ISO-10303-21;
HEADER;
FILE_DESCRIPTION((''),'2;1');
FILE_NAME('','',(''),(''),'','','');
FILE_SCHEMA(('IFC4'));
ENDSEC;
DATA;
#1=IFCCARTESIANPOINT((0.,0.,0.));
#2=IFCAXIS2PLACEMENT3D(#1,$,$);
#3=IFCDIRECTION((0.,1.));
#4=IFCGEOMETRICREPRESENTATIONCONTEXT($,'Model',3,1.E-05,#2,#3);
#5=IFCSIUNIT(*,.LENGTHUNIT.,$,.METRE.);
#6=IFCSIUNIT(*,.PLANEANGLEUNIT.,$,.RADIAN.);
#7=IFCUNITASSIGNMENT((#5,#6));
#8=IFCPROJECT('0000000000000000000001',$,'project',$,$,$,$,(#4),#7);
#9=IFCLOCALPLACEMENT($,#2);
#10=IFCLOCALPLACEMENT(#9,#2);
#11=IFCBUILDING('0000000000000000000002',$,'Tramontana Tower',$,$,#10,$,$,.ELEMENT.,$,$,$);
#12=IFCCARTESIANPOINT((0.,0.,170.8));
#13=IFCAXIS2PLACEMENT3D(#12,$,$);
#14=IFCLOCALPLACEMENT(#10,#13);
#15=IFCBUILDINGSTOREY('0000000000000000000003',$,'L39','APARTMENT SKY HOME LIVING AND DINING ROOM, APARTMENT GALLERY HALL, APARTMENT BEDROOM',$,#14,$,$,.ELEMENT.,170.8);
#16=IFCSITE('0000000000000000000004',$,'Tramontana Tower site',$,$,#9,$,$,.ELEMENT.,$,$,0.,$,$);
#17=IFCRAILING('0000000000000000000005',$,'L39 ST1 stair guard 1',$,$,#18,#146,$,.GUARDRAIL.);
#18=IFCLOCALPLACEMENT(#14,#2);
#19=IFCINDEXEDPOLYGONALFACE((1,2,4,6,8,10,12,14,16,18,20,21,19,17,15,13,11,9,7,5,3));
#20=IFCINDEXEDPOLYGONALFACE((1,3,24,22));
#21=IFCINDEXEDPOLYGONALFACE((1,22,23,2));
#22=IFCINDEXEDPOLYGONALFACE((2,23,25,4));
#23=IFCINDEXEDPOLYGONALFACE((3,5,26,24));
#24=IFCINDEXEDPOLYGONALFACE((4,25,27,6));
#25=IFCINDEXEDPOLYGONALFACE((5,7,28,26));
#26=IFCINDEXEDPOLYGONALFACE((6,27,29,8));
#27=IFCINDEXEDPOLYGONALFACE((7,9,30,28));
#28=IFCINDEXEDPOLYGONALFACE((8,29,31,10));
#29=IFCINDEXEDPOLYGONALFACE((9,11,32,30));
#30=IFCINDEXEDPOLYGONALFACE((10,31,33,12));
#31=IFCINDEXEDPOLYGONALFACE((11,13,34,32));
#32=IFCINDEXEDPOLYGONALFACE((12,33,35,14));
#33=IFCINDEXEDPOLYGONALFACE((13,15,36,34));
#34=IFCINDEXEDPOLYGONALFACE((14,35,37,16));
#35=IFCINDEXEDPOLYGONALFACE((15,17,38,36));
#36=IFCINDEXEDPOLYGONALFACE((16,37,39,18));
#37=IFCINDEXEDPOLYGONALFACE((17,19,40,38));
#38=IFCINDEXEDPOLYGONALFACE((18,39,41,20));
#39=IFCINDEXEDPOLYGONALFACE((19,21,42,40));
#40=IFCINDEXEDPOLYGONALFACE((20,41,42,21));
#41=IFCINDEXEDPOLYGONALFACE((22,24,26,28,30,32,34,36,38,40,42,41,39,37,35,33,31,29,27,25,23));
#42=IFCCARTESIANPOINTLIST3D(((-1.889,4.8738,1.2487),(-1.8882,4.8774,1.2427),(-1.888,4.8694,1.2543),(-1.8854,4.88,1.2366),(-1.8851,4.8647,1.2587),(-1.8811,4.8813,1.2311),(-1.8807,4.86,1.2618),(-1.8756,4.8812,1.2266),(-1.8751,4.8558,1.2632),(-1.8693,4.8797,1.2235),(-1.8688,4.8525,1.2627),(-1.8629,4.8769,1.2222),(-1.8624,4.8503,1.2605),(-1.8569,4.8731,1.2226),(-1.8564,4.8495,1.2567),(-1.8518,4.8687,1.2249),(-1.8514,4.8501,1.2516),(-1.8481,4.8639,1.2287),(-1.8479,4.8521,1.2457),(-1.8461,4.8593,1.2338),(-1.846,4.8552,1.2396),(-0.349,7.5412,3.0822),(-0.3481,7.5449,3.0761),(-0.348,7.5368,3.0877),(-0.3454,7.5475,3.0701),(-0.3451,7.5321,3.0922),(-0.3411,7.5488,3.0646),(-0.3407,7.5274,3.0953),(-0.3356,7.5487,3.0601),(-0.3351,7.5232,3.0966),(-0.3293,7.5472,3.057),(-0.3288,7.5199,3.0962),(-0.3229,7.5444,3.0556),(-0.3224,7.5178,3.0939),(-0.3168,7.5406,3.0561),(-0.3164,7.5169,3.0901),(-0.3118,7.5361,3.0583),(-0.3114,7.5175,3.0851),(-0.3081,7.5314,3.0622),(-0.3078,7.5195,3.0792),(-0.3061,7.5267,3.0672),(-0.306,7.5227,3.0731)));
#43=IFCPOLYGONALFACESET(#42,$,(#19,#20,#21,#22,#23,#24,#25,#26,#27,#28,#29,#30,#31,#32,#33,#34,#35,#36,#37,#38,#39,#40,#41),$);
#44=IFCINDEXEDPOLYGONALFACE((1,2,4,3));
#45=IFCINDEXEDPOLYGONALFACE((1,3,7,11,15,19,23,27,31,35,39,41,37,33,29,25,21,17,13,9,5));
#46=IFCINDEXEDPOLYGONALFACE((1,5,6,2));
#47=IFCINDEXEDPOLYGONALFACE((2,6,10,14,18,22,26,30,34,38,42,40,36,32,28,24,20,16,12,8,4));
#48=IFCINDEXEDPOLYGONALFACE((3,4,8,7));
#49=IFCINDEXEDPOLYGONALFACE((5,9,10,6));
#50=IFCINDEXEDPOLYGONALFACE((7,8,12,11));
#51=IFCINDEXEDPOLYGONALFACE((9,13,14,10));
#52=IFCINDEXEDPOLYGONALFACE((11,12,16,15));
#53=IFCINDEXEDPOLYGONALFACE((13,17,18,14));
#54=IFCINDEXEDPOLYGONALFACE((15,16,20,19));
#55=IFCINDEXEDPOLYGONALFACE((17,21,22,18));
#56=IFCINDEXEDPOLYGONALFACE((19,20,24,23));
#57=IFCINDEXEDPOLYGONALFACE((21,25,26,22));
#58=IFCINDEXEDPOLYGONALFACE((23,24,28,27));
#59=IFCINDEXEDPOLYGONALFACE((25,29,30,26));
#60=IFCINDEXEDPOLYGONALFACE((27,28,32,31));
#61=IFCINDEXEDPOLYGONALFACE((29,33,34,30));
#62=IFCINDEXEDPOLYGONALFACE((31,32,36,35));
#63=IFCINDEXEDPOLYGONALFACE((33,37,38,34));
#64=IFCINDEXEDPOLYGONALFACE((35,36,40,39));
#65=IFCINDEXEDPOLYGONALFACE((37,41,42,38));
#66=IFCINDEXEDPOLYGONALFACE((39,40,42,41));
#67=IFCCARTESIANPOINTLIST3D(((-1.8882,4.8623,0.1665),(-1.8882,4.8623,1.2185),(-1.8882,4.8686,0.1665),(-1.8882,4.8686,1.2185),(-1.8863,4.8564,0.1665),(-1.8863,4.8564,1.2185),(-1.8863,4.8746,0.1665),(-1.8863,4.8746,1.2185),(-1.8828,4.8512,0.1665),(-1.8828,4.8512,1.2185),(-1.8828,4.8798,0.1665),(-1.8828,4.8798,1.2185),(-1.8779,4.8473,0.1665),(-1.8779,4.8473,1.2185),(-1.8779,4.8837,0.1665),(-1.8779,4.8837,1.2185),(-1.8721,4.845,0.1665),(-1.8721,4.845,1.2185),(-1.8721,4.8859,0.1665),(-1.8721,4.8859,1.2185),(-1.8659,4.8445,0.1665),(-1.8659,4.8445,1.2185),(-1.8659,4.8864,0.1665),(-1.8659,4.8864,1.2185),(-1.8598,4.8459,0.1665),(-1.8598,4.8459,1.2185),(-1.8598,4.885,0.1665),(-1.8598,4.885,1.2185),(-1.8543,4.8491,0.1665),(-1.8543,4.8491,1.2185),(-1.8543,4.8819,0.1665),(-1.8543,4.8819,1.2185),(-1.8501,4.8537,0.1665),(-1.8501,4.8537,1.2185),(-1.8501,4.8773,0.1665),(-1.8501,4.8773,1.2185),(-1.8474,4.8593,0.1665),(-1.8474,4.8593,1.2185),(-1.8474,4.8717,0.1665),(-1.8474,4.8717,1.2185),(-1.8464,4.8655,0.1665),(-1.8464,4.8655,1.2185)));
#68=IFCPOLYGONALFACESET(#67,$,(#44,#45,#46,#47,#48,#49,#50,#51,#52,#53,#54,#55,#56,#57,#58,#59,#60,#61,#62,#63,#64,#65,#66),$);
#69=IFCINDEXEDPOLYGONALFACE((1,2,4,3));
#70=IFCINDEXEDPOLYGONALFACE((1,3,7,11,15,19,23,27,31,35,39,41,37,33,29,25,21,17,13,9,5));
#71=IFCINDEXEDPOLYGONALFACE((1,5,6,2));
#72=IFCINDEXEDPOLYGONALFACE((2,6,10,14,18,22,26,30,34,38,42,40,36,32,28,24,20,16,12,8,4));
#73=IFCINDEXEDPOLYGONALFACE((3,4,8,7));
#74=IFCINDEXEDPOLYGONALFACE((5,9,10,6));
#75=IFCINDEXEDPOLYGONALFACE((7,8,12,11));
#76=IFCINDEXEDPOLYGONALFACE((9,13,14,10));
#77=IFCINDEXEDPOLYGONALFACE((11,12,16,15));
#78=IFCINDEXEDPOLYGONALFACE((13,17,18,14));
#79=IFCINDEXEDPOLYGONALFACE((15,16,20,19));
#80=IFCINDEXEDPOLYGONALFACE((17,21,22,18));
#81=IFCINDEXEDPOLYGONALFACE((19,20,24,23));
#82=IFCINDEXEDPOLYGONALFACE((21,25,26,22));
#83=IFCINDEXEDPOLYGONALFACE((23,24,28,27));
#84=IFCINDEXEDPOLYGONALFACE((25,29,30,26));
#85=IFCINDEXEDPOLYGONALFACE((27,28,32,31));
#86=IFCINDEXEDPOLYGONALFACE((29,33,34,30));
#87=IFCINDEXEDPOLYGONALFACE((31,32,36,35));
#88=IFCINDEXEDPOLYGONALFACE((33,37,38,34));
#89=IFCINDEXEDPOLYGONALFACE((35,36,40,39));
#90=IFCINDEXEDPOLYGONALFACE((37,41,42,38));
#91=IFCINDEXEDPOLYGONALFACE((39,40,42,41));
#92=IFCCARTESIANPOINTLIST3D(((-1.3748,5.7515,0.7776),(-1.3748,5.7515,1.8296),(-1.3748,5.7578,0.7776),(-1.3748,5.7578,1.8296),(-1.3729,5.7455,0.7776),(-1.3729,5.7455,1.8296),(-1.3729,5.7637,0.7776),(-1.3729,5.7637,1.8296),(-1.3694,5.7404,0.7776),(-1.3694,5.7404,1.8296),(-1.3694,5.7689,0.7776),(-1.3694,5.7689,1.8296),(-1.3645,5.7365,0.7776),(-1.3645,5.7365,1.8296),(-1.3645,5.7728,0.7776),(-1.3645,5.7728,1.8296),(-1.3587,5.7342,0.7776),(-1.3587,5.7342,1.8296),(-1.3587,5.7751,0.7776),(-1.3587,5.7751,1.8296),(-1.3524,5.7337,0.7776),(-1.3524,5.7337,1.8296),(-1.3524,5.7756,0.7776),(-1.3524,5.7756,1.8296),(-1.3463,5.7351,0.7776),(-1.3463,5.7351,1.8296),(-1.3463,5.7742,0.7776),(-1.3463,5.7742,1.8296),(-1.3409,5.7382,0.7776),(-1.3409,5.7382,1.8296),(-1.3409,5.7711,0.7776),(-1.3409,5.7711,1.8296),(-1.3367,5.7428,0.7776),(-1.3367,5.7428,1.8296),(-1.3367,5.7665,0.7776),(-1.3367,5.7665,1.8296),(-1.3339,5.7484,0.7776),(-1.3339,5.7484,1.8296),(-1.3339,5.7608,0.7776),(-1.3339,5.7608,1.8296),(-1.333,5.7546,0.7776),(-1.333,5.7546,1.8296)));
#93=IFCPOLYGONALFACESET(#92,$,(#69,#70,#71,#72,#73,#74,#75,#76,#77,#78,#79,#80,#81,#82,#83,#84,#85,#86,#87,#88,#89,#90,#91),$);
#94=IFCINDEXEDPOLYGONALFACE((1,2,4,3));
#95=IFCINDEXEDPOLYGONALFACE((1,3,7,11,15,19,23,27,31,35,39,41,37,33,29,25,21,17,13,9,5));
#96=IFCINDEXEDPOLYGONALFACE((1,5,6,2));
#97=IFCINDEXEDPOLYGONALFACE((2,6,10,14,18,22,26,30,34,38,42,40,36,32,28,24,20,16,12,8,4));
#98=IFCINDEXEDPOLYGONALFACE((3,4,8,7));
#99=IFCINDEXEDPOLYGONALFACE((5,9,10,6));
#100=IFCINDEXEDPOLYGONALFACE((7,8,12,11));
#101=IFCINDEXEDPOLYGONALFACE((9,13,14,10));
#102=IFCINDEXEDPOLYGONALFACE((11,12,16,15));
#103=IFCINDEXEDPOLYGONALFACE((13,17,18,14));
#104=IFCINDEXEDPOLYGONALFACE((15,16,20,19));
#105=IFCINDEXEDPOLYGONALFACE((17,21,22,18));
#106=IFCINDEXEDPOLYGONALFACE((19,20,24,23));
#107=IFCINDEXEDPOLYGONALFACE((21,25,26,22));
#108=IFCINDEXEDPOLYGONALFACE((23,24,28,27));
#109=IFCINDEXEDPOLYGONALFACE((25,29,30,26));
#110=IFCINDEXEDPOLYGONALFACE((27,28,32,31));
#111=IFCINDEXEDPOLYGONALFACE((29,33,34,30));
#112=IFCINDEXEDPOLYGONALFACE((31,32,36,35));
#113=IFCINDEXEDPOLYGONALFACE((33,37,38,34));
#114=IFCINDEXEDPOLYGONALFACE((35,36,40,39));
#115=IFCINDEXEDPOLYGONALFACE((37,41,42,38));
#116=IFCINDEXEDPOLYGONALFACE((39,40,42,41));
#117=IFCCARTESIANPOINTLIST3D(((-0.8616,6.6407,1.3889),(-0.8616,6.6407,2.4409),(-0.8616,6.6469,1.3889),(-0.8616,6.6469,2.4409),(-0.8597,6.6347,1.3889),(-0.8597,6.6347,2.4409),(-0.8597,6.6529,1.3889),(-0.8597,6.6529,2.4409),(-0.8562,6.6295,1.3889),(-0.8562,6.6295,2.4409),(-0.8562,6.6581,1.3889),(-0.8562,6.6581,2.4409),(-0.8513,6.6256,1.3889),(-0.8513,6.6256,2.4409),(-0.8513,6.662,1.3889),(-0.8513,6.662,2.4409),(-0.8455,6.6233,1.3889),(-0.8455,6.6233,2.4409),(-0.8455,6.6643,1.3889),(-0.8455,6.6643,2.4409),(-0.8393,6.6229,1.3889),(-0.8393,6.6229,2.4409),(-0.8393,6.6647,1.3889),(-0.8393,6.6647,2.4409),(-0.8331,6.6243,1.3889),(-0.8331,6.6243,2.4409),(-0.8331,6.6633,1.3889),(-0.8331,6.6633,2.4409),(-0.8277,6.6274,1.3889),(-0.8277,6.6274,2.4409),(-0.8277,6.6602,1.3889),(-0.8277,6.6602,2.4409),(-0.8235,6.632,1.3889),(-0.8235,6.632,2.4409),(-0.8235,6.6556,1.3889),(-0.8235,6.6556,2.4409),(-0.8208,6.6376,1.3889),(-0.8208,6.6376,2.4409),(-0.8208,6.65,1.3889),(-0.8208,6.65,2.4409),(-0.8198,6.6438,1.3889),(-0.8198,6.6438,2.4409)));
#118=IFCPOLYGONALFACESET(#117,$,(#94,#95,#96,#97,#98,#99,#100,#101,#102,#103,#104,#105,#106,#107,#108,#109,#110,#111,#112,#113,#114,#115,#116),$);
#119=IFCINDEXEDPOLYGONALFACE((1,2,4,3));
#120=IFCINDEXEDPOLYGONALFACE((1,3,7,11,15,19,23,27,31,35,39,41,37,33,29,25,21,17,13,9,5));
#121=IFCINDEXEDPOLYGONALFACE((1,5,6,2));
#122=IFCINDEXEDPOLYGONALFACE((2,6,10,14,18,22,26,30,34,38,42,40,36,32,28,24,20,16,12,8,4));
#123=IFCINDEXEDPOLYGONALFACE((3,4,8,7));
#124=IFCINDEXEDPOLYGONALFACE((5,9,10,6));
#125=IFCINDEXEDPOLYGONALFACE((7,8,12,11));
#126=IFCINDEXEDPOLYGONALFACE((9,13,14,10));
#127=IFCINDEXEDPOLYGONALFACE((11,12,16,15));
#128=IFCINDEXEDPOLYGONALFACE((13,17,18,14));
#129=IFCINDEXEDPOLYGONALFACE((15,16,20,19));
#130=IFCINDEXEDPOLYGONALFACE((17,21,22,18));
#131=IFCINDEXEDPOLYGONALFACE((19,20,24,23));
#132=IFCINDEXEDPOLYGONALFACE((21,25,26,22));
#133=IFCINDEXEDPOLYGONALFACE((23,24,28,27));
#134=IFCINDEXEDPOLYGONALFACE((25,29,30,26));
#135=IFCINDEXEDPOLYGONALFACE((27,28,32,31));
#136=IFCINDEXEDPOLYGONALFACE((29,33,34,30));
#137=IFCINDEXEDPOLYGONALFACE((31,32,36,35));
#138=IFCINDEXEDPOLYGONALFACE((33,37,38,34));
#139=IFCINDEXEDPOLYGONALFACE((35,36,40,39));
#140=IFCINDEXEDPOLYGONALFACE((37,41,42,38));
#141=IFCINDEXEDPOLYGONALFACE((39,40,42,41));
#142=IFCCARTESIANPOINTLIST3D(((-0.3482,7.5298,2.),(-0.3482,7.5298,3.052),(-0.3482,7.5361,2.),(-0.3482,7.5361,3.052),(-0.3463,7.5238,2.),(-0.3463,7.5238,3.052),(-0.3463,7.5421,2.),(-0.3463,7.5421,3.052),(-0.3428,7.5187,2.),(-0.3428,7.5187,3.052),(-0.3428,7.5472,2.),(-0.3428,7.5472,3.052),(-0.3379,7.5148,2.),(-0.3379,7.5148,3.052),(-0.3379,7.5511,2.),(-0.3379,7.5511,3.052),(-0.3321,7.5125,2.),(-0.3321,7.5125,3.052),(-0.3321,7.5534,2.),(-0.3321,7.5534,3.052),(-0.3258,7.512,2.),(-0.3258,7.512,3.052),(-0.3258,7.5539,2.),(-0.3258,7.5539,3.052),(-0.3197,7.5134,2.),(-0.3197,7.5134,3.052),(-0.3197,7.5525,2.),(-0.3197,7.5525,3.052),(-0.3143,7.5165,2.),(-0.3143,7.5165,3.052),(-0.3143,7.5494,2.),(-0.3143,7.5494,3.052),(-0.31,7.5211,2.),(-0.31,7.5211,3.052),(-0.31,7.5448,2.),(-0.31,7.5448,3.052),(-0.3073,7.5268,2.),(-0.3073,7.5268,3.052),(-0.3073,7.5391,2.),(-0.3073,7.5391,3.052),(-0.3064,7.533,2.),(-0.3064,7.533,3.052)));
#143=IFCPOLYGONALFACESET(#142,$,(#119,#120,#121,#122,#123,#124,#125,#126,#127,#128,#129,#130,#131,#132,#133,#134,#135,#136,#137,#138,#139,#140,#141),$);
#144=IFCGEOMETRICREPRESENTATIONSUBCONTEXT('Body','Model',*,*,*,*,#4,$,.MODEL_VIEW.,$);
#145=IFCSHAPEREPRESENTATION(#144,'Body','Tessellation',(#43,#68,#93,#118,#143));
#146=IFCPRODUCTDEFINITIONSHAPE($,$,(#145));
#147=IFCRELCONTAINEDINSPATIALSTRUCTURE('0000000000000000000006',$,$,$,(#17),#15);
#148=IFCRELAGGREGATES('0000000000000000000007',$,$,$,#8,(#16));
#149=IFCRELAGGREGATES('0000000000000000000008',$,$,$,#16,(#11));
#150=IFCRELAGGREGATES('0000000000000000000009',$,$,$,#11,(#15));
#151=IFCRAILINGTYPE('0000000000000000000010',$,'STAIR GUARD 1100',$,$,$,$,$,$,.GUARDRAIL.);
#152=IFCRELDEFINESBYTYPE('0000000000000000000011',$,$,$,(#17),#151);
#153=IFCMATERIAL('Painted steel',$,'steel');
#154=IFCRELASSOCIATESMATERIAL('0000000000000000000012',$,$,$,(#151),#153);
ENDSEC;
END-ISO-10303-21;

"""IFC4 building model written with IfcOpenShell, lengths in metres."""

from ifc_helpers import new_model, si_unit, direction, frame, origin, origin_2d, place, context, subcontext, project, spatial, circle, extrude, material, type_object, element, save


model = new_model("IFC4")

# Units and contexts
model_context = context("Model", 3, precision=1e-05, world=origin(), true_north=direction((0.0, 1.0)))
body_context = subcontext(model_context, "Body", "Model", "MODEL_VIEW")
ifc_project = project(units=[si_unit("LENGTHUNIT", "METRE"), si_unit("PLANEANGLEUNIT", "RADIAN")], contexts=[model_context])

# Site, building, storey
site_placement = place(None, origin())
site = spatial("IfcSite", under=ifc_project, at=site_placement, Name="Tramontana Tower site", CompositionType="ELEMENT", RefElevation=0.0)
building_placement = place(site_placement, origin())
building = spatial("IfcBuilding", under=site, at=building_placement, Name="Tramontana Tower", CompositionType="ELEMENT")
storey_placement = place(building_placement, frame((0.0, 0.0, 170.8)))
storey = spatial("IfcBuildingStorey", under=building, at=storey_placement, Name="L39", Description="APARTMENT SKY HOME LIVING AND DINING ROOM, APARTMENT GALLERY HALL, APARTMENT BEDROOM", CompositionType="ELEMENT", Elevation=170.8)

# Railing
ifc_material_1 = material(Name="Painted steel", Category="steel")
railing_type_1 = type_object("IfcRailingType", Name="STAIR GUARD 1100", PredefinedType="GUARDRAIL", material=ifc_material_1)
railing_1_placement = place(storey_placement, frame((-1.8674, 4.8655, 0.1665)))
element("IfcRailing", 1, at=railing_1_placement, inside=storey, type_object=railing_type_1, Name="L39 ST1 stair guard 1", PredefinedType="GUARDRAIL", context=body_context, shape_type="SweptSolid", body=[
    extrude(circle(Radius=0.0239, at=origin_2d()), frame((0.0, 0.0, 1.0762), z_axis=(0.429634, 0.744164, 0.511502), x_axis=(-0.86603, 0.499992, 0.0)), (0.0, 0.0, 1.0), 3.5845),
    extrude(circle(Radius=0.021, at=origin_2d()), origin(), (0.0, 0.0, 1.0), 1.052),
    extrude(circle(Radius=0.021, at=origin_2d()), frame((0.5134, 0.8892, 0.6111)), (0.0, 0.0, 1.0), 1.052),
    extrude(circle(Radius=0.021, at=origin_2d()), frame((1.0266, 1.7783, 1.2224)), (0.0, 0.0, 1.0), 1.052),
    extrude(circle(Radius=0.021, at=origin_2d()), frame((1.54, 2.6675, 1.8335)), (0.0, 0.0, 1.0), 1.052),
])

save(model, "model.ifc")
